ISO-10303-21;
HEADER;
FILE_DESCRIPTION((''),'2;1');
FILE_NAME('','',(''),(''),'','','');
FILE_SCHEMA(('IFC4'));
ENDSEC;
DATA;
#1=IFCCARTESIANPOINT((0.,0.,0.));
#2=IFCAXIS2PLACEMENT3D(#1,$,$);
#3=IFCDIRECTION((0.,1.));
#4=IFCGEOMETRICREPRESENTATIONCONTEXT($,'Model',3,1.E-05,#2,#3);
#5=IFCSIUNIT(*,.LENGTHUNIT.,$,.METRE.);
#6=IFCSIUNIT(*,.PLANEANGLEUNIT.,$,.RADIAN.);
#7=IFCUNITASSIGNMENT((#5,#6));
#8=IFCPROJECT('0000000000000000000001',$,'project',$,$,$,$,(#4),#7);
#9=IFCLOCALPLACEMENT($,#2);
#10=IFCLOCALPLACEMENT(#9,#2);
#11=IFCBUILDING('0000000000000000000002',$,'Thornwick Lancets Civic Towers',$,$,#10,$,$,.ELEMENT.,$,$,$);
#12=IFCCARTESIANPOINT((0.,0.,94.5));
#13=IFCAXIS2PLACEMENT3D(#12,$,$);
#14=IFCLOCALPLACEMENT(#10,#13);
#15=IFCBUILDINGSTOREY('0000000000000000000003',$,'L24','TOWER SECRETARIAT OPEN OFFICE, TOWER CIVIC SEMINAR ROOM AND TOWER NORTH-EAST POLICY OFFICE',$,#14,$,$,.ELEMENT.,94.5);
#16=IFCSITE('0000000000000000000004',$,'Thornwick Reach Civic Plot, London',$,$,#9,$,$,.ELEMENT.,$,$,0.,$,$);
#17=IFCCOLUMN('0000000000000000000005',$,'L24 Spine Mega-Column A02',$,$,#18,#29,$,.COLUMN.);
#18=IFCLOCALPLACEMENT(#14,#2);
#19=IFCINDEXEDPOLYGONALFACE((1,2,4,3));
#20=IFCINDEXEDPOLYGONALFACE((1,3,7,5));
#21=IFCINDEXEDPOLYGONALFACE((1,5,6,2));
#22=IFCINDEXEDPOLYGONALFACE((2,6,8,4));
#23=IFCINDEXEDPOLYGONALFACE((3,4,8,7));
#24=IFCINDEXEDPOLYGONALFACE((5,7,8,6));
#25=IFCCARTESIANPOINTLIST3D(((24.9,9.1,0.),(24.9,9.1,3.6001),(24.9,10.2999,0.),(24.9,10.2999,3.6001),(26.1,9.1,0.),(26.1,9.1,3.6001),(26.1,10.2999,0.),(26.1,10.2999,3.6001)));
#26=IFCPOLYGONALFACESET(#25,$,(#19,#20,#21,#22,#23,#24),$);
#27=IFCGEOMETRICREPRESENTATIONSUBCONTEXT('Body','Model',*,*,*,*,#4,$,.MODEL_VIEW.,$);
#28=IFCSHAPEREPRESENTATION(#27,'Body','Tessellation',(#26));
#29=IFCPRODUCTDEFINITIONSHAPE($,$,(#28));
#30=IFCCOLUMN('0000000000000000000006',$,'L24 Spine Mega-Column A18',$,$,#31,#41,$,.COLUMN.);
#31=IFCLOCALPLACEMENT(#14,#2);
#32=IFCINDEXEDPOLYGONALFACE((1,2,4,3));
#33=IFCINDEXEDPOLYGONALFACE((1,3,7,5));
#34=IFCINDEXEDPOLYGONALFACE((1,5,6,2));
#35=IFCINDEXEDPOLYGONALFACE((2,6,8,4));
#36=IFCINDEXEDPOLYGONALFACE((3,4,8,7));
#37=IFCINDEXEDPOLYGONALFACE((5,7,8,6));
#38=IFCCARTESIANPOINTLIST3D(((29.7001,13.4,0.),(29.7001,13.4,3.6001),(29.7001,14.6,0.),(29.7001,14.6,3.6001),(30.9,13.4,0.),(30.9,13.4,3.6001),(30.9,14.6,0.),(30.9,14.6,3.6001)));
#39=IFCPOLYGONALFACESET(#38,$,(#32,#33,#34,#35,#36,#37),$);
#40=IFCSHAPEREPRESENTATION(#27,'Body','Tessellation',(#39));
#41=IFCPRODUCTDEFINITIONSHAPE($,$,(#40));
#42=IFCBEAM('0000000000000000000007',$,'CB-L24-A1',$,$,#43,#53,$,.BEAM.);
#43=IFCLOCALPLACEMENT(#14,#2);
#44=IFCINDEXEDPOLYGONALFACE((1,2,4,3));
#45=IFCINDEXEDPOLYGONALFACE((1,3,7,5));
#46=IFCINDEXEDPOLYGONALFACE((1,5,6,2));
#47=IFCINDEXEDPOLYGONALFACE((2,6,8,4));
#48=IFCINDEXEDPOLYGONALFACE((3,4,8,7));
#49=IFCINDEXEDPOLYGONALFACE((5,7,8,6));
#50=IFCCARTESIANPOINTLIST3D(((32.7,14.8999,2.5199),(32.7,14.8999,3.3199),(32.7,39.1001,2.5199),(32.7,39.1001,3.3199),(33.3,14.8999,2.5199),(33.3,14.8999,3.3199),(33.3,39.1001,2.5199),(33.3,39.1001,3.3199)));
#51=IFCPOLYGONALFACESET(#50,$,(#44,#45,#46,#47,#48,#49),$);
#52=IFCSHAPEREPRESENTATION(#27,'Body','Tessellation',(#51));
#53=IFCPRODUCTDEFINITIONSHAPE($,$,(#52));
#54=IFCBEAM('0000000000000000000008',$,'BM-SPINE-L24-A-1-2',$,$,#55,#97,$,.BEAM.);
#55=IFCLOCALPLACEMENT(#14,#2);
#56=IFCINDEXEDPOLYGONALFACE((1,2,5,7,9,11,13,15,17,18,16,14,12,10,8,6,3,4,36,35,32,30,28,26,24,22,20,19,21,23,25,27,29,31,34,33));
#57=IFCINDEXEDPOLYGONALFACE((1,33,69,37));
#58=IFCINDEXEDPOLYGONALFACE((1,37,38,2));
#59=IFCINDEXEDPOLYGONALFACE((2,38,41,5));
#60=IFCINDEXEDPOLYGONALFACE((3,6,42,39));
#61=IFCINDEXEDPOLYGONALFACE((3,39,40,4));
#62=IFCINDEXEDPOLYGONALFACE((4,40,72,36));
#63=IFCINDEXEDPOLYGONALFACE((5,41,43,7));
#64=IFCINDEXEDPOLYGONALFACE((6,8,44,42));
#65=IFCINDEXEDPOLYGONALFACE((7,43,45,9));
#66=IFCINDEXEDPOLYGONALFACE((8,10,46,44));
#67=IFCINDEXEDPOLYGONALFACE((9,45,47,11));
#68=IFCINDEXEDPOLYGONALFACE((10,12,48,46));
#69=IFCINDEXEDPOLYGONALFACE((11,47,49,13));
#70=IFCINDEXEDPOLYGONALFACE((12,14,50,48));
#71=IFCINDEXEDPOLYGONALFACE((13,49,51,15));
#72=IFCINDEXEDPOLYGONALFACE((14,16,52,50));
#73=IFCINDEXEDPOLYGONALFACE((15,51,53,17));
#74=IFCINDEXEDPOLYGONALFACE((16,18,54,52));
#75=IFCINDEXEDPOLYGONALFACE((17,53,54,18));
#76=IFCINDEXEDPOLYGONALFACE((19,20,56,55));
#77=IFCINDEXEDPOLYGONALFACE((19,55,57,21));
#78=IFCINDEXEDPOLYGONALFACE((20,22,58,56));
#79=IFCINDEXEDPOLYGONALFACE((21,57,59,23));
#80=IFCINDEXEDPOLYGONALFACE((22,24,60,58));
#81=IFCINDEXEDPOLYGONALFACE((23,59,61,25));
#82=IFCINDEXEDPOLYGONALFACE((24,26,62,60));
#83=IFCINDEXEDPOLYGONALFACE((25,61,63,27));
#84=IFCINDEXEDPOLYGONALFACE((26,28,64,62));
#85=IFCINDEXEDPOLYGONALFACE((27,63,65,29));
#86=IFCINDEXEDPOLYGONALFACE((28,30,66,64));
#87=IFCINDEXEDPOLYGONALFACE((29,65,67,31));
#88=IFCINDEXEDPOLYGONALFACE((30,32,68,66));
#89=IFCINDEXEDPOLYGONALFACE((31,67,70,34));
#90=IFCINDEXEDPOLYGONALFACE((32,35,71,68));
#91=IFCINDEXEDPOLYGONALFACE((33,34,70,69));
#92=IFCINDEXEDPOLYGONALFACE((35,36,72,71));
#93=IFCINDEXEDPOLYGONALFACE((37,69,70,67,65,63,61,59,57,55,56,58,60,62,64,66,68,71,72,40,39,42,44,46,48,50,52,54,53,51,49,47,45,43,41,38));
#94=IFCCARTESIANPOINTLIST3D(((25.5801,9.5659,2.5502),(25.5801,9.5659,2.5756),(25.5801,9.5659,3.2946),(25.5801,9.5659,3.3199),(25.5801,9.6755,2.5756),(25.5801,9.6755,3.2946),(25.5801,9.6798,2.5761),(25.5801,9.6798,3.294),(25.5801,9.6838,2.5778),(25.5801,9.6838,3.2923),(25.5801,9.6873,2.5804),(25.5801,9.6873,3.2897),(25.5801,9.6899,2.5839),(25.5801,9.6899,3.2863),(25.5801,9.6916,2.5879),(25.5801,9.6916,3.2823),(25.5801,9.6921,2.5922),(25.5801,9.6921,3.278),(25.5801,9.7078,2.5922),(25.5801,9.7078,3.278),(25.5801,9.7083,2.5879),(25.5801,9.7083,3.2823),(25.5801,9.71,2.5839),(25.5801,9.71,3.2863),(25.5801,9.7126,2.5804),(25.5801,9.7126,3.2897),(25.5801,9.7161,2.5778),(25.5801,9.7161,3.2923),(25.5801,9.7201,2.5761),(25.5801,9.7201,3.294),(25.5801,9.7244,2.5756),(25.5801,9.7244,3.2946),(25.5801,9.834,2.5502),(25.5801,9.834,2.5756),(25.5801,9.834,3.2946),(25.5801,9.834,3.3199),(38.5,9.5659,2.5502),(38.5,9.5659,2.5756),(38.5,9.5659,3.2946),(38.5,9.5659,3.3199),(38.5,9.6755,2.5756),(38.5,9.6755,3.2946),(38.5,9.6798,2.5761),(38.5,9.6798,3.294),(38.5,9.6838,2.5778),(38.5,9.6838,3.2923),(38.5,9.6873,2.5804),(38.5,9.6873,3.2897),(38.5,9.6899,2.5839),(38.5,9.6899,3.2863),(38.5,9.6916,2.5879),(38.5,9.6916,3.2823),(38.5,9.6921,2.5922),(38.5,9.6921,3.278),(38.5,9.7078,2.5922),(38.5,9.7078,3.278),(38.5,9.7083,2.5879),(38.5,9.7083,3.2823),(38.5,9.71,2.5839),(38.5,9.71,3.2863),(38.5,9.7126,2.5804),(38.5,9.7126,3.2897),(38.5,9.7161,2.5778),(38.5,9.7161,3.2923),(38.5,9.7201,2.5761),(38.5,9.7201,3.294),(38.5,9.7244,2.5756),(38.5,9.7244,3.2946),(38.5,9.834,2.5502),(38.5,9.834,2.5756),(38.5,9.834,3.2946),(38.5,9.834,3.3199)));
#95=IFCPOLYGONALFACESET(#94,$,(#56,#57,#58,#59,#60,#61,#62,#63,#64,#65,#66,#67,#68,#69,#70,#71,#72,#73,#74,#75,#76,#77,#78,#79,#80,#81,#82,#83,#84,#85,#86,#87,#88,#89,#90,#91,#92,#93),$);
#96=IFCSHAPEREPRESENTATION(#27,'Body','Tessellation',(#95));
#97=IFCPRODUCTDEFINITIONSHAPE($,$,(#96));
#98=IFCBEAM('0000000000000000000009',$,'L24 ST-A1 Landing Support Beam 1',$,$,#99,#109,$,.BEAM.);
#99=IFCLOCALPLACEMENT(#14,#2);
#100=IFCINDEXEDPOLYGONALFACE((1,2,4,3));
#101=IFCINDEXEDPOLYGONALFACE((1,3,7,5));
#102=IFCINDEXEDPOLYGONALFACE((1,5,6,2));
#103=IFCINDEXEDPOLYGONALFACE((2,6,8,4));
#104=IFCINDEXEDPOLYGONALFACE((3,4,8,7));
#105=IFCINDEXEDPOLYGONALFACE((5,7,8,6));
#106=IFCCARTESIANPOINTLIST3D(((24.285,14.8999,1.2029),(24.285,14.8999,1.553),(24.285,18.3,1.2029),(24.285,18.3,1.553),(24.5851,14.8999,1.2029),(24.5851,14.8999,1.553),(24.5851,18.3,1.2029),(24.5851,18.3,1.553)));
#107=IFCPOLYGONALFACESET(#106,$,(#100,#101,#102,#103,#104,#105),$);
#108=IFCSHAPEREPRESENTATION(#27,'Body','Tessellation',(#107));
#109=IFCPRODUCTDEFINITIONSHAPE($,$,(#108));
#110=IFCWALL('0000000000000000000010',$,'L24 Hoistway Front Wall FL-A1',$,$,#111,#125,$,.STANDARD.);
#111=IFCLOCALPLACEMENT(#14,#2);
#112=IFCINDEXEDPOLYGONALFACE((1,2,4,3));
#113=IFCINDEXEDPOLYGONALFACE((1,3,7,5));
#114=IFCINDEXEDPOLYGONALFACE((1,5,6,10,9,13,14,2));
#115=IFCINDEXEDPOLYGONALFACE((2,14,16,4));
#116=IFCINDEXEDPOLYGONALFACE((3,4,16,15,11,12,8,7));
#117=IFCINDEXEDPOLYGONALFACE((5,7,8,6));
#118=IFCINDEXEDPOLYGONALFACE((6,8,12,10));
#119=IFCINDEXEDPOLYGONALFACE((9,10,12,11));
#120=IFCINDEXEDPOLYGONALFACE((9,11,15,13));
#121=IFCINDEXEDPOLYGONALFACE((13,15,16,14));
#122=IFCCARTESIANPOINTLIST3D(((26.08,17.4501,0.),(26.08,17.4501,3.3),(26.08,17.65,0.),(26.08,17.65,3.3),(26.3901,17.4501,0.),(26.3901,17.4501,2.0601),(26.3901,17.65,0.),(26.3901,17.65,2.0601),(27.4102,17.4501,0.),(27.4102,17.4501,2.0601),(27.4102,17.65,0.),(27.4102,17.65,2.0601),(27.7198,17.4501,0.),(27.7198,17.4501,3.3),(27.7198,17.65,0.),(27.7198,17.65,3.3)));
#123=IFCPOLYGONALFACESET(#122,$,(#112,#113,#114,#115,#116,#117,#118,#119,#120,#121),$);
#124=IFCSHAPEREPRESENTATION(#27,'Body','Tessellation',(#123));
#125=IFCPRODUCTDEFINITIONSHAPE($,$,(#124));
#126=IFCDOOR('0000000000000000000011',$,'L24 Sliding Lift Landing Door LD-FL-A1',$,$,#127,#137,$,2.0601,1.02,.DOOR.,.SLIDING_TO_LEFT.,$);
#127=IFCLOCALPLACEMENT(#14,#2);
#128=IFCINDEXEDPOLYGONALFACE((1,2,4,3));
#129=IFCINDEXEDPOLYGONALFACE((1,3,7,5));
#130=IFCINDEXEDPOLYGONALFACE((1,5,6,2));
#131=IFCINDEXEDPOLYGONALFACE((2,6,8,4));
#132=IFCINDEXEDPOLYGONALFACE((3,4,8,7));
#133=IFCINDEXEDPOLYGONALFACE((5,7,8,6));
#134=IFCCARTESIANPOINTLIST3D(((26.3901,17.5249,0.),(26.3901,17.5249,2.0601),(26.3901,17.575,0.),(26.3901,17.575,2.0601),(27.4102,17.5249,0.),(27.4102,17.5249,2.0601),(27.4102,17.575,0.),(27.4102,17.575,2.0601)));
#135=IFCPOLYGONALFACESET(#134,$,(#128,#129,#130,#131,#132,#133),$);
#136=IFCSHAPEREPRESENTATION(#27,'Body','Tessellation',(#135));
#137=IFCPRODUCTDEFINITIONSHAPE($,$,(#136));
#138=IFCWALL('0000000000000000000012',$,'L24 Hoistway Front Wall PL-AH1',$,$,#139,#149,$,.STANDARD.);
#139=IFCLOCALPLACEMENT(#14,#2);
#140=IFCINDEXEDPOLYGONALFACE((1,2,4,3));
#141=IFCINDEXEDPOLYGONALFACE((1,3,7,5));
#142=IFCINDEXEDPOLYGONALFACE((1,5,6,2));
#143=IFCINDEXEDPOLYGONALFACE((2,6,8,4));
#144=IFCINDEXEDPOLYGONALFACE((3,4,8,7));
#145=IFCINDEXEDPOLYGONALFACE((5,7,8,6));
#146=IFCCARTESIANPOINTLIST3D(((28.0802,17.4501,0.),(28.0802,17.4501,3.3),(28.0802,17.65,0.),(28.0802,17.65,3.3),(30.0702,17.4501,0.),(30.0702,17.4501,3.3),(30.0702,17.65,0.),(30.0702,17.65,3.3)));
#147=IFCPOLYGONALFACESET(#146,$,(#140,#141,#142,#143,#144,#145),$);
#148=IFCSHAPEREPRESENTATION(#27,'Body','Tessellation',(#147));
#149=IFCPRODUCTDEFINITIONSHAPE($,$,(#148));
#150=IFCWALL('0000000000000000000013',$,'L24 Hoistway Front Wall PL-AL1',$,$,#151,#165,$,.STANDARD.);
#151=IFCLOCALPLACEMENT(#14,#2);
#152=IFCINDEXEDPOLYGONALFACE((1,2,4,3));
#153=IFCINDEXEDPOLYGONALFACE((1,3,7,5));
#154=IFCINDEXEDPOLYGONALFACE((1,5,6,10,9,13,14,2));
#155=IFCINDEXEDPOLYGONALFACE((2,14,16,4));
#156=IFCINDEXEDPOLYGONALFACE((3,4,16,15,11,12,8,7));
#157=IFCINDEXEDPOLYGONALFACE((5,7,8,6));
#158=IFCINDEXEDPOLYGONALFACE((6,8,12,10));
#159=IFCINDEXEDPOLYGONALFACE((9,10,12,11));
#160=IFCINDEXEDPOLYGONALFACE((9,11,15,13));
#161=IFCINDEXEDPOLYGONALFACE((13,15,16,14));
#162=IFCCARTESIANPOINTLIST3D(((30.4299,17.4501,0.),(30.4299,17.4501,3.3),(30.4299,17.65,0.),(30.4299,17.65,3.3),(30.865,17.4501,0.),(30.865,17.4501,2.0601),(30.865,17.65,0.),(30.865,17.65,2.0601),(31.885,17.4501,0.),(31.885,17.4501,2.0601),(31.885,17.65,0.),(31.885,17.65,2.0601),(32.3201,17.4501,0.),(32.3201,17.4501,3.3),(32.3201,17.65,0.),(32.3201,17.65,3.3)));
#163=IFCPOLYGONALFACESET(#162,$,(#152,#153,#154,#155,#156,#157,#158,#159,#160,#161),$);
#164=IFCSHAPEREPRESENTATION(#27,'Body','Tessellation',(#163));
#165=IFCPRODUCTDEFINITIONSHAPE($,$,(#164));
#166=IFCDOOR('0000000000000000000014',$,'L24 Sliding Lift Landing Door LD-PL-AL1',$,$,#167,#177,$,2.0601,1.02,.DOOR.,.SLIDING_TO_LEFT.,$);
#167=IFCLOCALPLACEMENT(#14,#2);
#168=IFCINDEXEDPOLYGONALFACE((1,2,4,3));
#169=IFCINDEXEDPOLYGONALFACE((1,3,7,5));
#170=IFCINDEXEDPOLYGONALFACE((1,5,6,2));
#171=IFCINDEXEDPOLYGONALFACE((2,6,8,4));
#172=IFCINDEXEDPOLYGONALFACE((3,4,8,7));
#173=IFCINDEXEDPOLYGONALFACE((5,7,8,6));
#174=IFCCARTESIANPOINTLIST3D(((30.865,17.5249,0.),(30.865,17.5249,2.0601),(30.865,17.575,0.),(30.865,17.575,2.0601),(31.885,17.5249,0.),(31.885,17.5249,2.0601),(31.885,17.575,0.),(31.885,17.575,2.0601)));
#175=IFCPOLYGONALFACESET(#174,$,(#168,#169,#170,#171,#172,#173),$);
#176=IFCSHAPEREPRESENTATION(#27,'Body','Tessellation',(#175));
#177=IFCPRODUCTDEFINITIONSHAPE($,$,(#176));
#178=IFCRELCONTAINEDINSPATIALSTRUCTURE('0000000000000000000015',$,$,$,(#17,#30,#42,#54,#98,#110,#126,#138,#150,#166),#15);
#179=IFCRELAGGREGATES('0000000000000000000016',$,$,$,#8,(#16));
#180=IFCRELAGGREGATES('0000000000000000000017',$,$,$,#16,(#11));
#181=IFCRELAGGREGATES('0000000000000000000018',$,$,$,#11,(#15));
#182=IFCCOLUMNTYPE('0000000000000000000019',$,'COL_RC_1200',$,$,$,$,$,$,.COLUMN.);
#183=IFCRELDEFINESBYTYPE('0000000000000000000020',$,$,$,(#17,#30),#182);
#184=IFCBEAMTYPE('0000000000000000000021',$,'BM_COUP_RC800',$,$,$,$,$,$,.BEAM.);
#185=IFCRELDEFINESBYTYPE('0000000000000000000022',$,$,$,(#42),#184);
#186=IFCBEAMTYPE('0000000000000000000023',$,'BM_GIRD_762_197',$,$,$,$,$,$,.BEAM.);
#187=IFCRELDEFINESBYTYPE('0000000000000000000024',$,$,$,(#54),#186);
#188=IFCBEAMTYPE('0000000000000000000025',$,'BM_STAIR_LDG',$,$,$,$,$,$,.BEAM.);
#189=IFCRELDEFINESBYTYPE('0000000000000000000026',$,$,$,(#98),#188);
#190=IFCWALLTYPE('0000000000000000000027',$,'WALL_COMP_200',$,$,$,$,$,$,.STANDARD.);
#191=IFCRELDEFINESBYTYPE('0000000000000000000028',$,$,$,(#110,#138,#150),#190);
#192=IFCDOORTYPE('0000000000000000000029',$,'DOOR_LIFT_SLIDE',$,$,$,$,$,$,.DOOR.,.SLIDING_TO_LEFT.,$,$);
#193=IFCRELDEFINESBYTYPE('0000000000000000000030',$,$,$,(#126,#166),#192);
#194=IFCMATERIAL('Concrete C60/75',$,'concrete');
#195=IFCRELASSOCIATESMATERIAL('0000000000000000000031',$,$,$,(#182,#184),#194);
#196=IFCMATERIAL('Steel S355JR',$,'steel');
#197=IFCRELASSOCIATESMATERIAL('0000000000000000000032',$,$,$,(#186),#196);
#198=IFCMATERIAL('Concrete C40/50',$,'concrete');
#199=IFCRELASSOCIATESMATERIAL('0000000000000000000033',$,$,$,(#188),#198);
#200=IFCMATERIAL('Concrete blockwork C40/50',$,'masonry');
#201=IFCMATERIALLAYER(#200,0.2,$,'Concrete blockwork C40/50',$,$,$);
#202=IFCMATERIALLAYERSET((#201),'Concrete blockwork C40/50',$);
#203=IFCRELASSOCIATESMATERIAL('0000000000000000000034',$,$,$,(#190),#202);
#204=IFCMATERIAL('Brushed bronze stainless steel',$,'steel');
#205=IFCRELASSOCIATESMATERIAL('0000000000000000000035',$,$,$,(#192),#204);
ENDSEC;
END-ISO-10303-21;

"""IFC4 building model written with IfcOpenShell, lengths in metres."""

from ifc_helpers import new_model, si_unit, direction, frame, frame_2d, origin, origin_2d, place, context, subcontext, project, spatial, rectangle, i_section, extrude, material, layer, layer_set, material_profile, profile_set, type_object, element, fill, save


model = new_model("IFC4")

# Units and contexts
model_context = context("Model", 3, precision=1e-05, world=origin(), true_north=direction((0.0, 1.0)))
body_context = subcontext(model_context, "Body", "Model", "MODEL_VIEW")
ifc_project = project(units=[si_unit("LENGTHUNIT", "METRE"), si_unit("PLANEANGLEUNIT", "RADIAN")], contexts=[model_context])

# Site, building, storey
site_placement = place(None, origin())
site = spatial("IfcSite", under=ifc_project, at=site_placement, Name="Thornwick Reach Civic Plot, London", CompositionType="ELEMENT", RefElevation=0.0)
building_placement = place(site_placement, origin())
building = spatial("IfcBuilding", under=site, at=building_placement, Name="Thornwick Lancets Civic Towers", CompositionType="ELEMENT")
storey_placement = place(building_placement, frame((0.0, 0.0, 94.5)))
storey = spatial("IfcBuildingStorey", under=building, at=storey_placement, Name="L24", Description="TOWER SECRETARIAT OPEN OFFICE, TOWER CIVIC SEMINAR ROOM AND TOWER NORTH-EAST POLICY OFFICE", CompositionType="ELEMENT", Elevation=94.5)

# Columns
ifc_material_1 = material(Name="Concrete C60/75", Category="concrete")
ifc_material_profile_1 = material_profile(ifc_material_1, rectangle(XDim=1.2, YDim=1.2, at=origin_2d()), Name="RC 1200x1200")
ifc_profile_set_1 = profile_set([ifc_material_profile_1], Name="Concrete C60/75")
column_type = type_object("IfcColumnType", Name="COL_RC_1200", PredefinedType="COLUMN", material=ifc_profile_set_1)
for number, where, z_axis, x_axis, name in (
    (1, (25.5, 9.7, 0.0), (0.0, 0.0, 1.0), (1.0, 0.0, 0.0), "L24 Spine Mega-Column A02"),
    (2, (30.3, 14.0, 0.0), (0.0, 0.0, 1.0), (1.0, 0.0, 0.0), "L24 Spine Mega-Column A18"),
):
    element("IfcColumn", number, at=place(storey_placement, frame(where, z_axis=z_axis, x_axis=x_axis)), inside=storey, type_object=column_type, Name=name, PredefinedType="COLUMN", context=body_context, shape_type="SweptSolid", body=[
        extrude(rectangle(XDim=1.2, YDim=1.2, at=origin_2d()), origin(), (0.0, 0.0, 1.0), 3.6001),
    ])

# Beams
ifc_material_profile_2 = material_profile(ifc_material_1, rectangle(XDim=0.6001, YDim=0.8, at=origin_2d()), Name="RC 600x800")
ifc_profile_set_2 = profile_set([ifc_material_profile_2], Name="Concrete C60/75")
beam_type_1 = type_object("IfcBeamType", Name="BM_COUP_RC800", PredefinedType="BEAM", material=ifc_profile_set_2)
beam_1_placement = place(storey_placement, frame((33.0, 14.8999, 2.9199), z_axis=(0.0, 1.0, 0.0), x_axis=(-1.0, 0.0, 0.0)))
element("IfcBeam", 3, at=beam_1_placement, inside=storey, type_object=beam_type_1, Name="CB-L24-A1", PredefinedType="BEAM", context=body_context, shape_type="SweptSolid", body=[
    extrude(rectangle(XDim=0.6001, YDim=0.8, at=origin_2d()), origin(), (0.0, 0.0, 1.0), 24.2002),
])
ifc_material_2 = material(Name="Steel S355JR", Category="steel")
ifc_material_profile_3 = material_profile(ifc_material_2, i_section(OverallWidth=0.2681, OverallDepth=0.7698, WebThickness=0.0156, FlangeThickness=0.0254, FilletRadius=0.0166, at=origin_2d()), Name="UKB 762x267x197")
ifc_profile_set_3 = profile_set([ifc_material_profile_3], Name="Steel S355JR")
beam_type_2 = type_object("IfcBeamType", Name="BM_GIRD_762_197", PredefinedType="BEAM", material=ifc_profile_set_3)
beam_2_placement = place(storey_placement, frame((25.5801, 9.7, 2.9351), z_axis=(1.0, 0.0, 0.0), x_axis=(0.0, 1.0, 0.0)))
element("IfcBeam", 4, at=beam_2_placement, inside=storey, type_object=beam_type_2, Name="BM-SPINE-L24-A-1-2", PredefinedType="BEAM", context=body_context, shape_type="SweptSolid", body=[
    extrude(i_section(OverallWidth=0.2681, OverallDepth=0.7698, WebThickness=0.0156, FlangeThickness=0.0254, FilletRadius=0.0166, at=origin_2d()), origin(), (0.0, 0.0, 1.0), 12.9199),
])
ifc_material_3 = material(Name="Concrete C40/50", Category="concrete")
ifc_material_profile_4 = material_profile(ifc_material_3, rectangle(XDim=0.3, YDim=0.3501, at=origin_2d()), Name="RC 300x350")
ifc_profile_set_4 = profile_set([ifc_material_profile_4], Name="Concrete C40/50")
beam_type_3 = type_object("IfcBeamType", Name="BM_STAIR_LDG", PredefinedType="BEAM", material=ifc_profile_set_4)
beam_3_placement = place(storey_placement, frame((24.4351, 14.8999, 1.3779), z_axis=(0.0, 1.0, 0.0), x_axis=(-1.0, 0.0, 0.0)))
element("IfcBeam", 5, at=beam_3_placement, inside=storey, type_object=beam_type_3, Name="L24 ST-A1 Landing Support Beam 1", PredefinedType="BEAM", context=body_context, shape_type="SweptSolid", body=[
    extrude(rectangle(XDim=0.3, YDim=0.3501, at=origin_2d()), origin(), (0.0, 0.0, 1.0), 3.4001),
])

# Wall, opening, door
ifc_material_4 = material(Name="Concrete blockwork C40/50", Category="masonry")
ifc_layer_1 = layer(ifc_material_4, 0.2, Name="Concrete blockwork C40/50")
ifc_layer_set_1 = layer_set([ifc_layer_1], Name="Concrete blockwork C40/50")
wall_type_1 = type_object("IfcWallType", Name="WALL_COMP_200", PredefinedType="STANDARD", material=ifc_layer_set_1)
wall_1_placement = place(storey_placement, frame((26.0801, 17.55, 0.0), z_axis=(0.0, 0.0, 1.0), x_axis=(1.0, 0.0, 0.0)))
wall_1 = element("IfcWall", 6, at=wall_1_placement, inside=storey, type_object=wall_type_1, Name="L24 Hoistway Front Wall FL-A1", PredefinedType="STANDARD", context=body_context, shape_type="SweptSolid", body=[
    extrude(rectangle(XDim=1.6399, YDim=0.2, at=frame_2d((0.8198, 0.0))), origin(), (0.0, 0.0, 1.0), 3.3),
])
opening_1_placement = place(wall_1_placement, frame((0.3101, 0.0, 0.0)))
opening_1 = element("IfcOpeningElement", 7, at=opening_1_placement, cuts=wall_1, PredefinedType="OPENING", context=body_context, shape_type="SweptSolid", body=[
    extrude(rectangle(XDim=1.02, YDim=2.0601, at=frame_2d((0.51, 1.03))), frame((0.0, 0.1099, 0.0), z_axis=(0.0, -1.0, 0.0), x_axis=(1.0, 0.0, 0.0)), (0.0, 0.0, 1.0), 0.22),
])
ifc_material_5 = material(Name="Brushed bronze stainless steel", Category="steel")
door_type = type_object("IfcDoorType", Name="DOOR_LIFT_SLIDE", OperationType="SLIDING_TO_LEFT", PredefinedType="DOOR", material=ifc_material_5)
door_1_placement = place(opening_1_placement, origin())
door_1 = element("IfcDoor", 8, at=door_1_placement, inside=storey, type_object=door_type, Name="L24 Sliding Lift Landing Door LD-FL-A1", OperationType="SLIDING_TO_LEFT", OverallHeight=2.0601, OverallWidth=1.02, PredefinedType="DOOR", context=body_context, shape_type="SweptSolid", body=[
    extrude(rectangle(XDim=1.02, YDim=2.0601, at=frame_2d((0.51, 1.03))), frame((0.0, 0.0249, 0.0), z_axis=(0.0, -1.0, 0.0), x_axis=(1.0, 0.0, 0.0)), (0.0, 0.0, 1.0), 0.05),
])
fill(opening_1, door_1)

# Wall
wall_2_placement = place(storey_placement, frame((28.0801, 17.55, 0.0), z_axis=(0.0, 0.0, 1.0), x_axis=(1.0, 0.0, 0.0)))
element("IfcWall", 9, at=wall_2_placement, inside=storey, type_object=wall_type_1, Name="L24 Hoistway Front Wall PL-AH1", PredefinedType="STANDARD", context=body_context, shape_type="SweptSolid", body=[
    extrude(rectangle(XDim=1.99, YDim=0.2, at=frame_2d((0.9951, 0.0))), origin(), (0.0, 0.0, 1.0), 3.3),
])

# Wall, opening, door
wall_3_placement = place(storey_placement, frame((30.4299, 17.55, 0.0), z_axis=(0.0, 0.0, 1.0), x_axis=(1.0, 0.0, 0.0)))
wall_3 = element("IfcWall", 10, at=wall_3_placement, inside=storey, type_object=wall_type_1, Name="L24 Hoistway Front Wall PL-AL1", PredefinedType="STANDARD", context=body_context, shape_type="SweptSolid", body=[
    extrude(rectangle(XDim=1.8901, YDim=0.2, at=frame_2d((0.9451, 0.0))), origin(), (0.0, 0.0, 1.0), 3.3),
])
opening_2_placement = place(wall_3_placement, frame((0.4351, 0.0, 0.0)))
opening_2 = element("IfcOpeningElement", 11, at=opening_2_placement, cuts=wall_3, PredefinedType="OPENING", context=body_context, shape_type="SweptSolid", body=[
    extrude(rectangle(XDim=1.02, YDim=2.0601, at=frame_2d((0.51, 1.03))), frame((0.0, 0.1099, 0.0), z_axis=(0.0, -1.0, 0.0), x_axis=(1.0, 0.0, 0.0)), (0.0, 0.0, 1.0), 0.22),
])
door_2_placement = place(opening_2_placement, origin())
door_2 = element("IfcDoor", 12, at=door_2_placement, inside=storey, type_object=door_type, Name="L24 Sliding Lift Landing Door LD-PL-AL1", OperationType="SLIDING_TO_LEFT", OverallHeight=2.0601, OverallWidth=1.02, PredefinedType="DOOR", context=body_context, shape_type="SweptSolid", body=[
    extrude(rectangle(XDim=1.02, YDim=2.0601, at=frame_2d((0.51, 1.03))), frame((0.0, 0.0249, 0.0), z_axis=(0.0, -1.0, 0.0), x_axis=(1.0, 0.0, 0.0)), (0.0, 0.0, 1.0), 0.05),
])
fill(opening_2, door_2)

save(model, "model.ifc")
